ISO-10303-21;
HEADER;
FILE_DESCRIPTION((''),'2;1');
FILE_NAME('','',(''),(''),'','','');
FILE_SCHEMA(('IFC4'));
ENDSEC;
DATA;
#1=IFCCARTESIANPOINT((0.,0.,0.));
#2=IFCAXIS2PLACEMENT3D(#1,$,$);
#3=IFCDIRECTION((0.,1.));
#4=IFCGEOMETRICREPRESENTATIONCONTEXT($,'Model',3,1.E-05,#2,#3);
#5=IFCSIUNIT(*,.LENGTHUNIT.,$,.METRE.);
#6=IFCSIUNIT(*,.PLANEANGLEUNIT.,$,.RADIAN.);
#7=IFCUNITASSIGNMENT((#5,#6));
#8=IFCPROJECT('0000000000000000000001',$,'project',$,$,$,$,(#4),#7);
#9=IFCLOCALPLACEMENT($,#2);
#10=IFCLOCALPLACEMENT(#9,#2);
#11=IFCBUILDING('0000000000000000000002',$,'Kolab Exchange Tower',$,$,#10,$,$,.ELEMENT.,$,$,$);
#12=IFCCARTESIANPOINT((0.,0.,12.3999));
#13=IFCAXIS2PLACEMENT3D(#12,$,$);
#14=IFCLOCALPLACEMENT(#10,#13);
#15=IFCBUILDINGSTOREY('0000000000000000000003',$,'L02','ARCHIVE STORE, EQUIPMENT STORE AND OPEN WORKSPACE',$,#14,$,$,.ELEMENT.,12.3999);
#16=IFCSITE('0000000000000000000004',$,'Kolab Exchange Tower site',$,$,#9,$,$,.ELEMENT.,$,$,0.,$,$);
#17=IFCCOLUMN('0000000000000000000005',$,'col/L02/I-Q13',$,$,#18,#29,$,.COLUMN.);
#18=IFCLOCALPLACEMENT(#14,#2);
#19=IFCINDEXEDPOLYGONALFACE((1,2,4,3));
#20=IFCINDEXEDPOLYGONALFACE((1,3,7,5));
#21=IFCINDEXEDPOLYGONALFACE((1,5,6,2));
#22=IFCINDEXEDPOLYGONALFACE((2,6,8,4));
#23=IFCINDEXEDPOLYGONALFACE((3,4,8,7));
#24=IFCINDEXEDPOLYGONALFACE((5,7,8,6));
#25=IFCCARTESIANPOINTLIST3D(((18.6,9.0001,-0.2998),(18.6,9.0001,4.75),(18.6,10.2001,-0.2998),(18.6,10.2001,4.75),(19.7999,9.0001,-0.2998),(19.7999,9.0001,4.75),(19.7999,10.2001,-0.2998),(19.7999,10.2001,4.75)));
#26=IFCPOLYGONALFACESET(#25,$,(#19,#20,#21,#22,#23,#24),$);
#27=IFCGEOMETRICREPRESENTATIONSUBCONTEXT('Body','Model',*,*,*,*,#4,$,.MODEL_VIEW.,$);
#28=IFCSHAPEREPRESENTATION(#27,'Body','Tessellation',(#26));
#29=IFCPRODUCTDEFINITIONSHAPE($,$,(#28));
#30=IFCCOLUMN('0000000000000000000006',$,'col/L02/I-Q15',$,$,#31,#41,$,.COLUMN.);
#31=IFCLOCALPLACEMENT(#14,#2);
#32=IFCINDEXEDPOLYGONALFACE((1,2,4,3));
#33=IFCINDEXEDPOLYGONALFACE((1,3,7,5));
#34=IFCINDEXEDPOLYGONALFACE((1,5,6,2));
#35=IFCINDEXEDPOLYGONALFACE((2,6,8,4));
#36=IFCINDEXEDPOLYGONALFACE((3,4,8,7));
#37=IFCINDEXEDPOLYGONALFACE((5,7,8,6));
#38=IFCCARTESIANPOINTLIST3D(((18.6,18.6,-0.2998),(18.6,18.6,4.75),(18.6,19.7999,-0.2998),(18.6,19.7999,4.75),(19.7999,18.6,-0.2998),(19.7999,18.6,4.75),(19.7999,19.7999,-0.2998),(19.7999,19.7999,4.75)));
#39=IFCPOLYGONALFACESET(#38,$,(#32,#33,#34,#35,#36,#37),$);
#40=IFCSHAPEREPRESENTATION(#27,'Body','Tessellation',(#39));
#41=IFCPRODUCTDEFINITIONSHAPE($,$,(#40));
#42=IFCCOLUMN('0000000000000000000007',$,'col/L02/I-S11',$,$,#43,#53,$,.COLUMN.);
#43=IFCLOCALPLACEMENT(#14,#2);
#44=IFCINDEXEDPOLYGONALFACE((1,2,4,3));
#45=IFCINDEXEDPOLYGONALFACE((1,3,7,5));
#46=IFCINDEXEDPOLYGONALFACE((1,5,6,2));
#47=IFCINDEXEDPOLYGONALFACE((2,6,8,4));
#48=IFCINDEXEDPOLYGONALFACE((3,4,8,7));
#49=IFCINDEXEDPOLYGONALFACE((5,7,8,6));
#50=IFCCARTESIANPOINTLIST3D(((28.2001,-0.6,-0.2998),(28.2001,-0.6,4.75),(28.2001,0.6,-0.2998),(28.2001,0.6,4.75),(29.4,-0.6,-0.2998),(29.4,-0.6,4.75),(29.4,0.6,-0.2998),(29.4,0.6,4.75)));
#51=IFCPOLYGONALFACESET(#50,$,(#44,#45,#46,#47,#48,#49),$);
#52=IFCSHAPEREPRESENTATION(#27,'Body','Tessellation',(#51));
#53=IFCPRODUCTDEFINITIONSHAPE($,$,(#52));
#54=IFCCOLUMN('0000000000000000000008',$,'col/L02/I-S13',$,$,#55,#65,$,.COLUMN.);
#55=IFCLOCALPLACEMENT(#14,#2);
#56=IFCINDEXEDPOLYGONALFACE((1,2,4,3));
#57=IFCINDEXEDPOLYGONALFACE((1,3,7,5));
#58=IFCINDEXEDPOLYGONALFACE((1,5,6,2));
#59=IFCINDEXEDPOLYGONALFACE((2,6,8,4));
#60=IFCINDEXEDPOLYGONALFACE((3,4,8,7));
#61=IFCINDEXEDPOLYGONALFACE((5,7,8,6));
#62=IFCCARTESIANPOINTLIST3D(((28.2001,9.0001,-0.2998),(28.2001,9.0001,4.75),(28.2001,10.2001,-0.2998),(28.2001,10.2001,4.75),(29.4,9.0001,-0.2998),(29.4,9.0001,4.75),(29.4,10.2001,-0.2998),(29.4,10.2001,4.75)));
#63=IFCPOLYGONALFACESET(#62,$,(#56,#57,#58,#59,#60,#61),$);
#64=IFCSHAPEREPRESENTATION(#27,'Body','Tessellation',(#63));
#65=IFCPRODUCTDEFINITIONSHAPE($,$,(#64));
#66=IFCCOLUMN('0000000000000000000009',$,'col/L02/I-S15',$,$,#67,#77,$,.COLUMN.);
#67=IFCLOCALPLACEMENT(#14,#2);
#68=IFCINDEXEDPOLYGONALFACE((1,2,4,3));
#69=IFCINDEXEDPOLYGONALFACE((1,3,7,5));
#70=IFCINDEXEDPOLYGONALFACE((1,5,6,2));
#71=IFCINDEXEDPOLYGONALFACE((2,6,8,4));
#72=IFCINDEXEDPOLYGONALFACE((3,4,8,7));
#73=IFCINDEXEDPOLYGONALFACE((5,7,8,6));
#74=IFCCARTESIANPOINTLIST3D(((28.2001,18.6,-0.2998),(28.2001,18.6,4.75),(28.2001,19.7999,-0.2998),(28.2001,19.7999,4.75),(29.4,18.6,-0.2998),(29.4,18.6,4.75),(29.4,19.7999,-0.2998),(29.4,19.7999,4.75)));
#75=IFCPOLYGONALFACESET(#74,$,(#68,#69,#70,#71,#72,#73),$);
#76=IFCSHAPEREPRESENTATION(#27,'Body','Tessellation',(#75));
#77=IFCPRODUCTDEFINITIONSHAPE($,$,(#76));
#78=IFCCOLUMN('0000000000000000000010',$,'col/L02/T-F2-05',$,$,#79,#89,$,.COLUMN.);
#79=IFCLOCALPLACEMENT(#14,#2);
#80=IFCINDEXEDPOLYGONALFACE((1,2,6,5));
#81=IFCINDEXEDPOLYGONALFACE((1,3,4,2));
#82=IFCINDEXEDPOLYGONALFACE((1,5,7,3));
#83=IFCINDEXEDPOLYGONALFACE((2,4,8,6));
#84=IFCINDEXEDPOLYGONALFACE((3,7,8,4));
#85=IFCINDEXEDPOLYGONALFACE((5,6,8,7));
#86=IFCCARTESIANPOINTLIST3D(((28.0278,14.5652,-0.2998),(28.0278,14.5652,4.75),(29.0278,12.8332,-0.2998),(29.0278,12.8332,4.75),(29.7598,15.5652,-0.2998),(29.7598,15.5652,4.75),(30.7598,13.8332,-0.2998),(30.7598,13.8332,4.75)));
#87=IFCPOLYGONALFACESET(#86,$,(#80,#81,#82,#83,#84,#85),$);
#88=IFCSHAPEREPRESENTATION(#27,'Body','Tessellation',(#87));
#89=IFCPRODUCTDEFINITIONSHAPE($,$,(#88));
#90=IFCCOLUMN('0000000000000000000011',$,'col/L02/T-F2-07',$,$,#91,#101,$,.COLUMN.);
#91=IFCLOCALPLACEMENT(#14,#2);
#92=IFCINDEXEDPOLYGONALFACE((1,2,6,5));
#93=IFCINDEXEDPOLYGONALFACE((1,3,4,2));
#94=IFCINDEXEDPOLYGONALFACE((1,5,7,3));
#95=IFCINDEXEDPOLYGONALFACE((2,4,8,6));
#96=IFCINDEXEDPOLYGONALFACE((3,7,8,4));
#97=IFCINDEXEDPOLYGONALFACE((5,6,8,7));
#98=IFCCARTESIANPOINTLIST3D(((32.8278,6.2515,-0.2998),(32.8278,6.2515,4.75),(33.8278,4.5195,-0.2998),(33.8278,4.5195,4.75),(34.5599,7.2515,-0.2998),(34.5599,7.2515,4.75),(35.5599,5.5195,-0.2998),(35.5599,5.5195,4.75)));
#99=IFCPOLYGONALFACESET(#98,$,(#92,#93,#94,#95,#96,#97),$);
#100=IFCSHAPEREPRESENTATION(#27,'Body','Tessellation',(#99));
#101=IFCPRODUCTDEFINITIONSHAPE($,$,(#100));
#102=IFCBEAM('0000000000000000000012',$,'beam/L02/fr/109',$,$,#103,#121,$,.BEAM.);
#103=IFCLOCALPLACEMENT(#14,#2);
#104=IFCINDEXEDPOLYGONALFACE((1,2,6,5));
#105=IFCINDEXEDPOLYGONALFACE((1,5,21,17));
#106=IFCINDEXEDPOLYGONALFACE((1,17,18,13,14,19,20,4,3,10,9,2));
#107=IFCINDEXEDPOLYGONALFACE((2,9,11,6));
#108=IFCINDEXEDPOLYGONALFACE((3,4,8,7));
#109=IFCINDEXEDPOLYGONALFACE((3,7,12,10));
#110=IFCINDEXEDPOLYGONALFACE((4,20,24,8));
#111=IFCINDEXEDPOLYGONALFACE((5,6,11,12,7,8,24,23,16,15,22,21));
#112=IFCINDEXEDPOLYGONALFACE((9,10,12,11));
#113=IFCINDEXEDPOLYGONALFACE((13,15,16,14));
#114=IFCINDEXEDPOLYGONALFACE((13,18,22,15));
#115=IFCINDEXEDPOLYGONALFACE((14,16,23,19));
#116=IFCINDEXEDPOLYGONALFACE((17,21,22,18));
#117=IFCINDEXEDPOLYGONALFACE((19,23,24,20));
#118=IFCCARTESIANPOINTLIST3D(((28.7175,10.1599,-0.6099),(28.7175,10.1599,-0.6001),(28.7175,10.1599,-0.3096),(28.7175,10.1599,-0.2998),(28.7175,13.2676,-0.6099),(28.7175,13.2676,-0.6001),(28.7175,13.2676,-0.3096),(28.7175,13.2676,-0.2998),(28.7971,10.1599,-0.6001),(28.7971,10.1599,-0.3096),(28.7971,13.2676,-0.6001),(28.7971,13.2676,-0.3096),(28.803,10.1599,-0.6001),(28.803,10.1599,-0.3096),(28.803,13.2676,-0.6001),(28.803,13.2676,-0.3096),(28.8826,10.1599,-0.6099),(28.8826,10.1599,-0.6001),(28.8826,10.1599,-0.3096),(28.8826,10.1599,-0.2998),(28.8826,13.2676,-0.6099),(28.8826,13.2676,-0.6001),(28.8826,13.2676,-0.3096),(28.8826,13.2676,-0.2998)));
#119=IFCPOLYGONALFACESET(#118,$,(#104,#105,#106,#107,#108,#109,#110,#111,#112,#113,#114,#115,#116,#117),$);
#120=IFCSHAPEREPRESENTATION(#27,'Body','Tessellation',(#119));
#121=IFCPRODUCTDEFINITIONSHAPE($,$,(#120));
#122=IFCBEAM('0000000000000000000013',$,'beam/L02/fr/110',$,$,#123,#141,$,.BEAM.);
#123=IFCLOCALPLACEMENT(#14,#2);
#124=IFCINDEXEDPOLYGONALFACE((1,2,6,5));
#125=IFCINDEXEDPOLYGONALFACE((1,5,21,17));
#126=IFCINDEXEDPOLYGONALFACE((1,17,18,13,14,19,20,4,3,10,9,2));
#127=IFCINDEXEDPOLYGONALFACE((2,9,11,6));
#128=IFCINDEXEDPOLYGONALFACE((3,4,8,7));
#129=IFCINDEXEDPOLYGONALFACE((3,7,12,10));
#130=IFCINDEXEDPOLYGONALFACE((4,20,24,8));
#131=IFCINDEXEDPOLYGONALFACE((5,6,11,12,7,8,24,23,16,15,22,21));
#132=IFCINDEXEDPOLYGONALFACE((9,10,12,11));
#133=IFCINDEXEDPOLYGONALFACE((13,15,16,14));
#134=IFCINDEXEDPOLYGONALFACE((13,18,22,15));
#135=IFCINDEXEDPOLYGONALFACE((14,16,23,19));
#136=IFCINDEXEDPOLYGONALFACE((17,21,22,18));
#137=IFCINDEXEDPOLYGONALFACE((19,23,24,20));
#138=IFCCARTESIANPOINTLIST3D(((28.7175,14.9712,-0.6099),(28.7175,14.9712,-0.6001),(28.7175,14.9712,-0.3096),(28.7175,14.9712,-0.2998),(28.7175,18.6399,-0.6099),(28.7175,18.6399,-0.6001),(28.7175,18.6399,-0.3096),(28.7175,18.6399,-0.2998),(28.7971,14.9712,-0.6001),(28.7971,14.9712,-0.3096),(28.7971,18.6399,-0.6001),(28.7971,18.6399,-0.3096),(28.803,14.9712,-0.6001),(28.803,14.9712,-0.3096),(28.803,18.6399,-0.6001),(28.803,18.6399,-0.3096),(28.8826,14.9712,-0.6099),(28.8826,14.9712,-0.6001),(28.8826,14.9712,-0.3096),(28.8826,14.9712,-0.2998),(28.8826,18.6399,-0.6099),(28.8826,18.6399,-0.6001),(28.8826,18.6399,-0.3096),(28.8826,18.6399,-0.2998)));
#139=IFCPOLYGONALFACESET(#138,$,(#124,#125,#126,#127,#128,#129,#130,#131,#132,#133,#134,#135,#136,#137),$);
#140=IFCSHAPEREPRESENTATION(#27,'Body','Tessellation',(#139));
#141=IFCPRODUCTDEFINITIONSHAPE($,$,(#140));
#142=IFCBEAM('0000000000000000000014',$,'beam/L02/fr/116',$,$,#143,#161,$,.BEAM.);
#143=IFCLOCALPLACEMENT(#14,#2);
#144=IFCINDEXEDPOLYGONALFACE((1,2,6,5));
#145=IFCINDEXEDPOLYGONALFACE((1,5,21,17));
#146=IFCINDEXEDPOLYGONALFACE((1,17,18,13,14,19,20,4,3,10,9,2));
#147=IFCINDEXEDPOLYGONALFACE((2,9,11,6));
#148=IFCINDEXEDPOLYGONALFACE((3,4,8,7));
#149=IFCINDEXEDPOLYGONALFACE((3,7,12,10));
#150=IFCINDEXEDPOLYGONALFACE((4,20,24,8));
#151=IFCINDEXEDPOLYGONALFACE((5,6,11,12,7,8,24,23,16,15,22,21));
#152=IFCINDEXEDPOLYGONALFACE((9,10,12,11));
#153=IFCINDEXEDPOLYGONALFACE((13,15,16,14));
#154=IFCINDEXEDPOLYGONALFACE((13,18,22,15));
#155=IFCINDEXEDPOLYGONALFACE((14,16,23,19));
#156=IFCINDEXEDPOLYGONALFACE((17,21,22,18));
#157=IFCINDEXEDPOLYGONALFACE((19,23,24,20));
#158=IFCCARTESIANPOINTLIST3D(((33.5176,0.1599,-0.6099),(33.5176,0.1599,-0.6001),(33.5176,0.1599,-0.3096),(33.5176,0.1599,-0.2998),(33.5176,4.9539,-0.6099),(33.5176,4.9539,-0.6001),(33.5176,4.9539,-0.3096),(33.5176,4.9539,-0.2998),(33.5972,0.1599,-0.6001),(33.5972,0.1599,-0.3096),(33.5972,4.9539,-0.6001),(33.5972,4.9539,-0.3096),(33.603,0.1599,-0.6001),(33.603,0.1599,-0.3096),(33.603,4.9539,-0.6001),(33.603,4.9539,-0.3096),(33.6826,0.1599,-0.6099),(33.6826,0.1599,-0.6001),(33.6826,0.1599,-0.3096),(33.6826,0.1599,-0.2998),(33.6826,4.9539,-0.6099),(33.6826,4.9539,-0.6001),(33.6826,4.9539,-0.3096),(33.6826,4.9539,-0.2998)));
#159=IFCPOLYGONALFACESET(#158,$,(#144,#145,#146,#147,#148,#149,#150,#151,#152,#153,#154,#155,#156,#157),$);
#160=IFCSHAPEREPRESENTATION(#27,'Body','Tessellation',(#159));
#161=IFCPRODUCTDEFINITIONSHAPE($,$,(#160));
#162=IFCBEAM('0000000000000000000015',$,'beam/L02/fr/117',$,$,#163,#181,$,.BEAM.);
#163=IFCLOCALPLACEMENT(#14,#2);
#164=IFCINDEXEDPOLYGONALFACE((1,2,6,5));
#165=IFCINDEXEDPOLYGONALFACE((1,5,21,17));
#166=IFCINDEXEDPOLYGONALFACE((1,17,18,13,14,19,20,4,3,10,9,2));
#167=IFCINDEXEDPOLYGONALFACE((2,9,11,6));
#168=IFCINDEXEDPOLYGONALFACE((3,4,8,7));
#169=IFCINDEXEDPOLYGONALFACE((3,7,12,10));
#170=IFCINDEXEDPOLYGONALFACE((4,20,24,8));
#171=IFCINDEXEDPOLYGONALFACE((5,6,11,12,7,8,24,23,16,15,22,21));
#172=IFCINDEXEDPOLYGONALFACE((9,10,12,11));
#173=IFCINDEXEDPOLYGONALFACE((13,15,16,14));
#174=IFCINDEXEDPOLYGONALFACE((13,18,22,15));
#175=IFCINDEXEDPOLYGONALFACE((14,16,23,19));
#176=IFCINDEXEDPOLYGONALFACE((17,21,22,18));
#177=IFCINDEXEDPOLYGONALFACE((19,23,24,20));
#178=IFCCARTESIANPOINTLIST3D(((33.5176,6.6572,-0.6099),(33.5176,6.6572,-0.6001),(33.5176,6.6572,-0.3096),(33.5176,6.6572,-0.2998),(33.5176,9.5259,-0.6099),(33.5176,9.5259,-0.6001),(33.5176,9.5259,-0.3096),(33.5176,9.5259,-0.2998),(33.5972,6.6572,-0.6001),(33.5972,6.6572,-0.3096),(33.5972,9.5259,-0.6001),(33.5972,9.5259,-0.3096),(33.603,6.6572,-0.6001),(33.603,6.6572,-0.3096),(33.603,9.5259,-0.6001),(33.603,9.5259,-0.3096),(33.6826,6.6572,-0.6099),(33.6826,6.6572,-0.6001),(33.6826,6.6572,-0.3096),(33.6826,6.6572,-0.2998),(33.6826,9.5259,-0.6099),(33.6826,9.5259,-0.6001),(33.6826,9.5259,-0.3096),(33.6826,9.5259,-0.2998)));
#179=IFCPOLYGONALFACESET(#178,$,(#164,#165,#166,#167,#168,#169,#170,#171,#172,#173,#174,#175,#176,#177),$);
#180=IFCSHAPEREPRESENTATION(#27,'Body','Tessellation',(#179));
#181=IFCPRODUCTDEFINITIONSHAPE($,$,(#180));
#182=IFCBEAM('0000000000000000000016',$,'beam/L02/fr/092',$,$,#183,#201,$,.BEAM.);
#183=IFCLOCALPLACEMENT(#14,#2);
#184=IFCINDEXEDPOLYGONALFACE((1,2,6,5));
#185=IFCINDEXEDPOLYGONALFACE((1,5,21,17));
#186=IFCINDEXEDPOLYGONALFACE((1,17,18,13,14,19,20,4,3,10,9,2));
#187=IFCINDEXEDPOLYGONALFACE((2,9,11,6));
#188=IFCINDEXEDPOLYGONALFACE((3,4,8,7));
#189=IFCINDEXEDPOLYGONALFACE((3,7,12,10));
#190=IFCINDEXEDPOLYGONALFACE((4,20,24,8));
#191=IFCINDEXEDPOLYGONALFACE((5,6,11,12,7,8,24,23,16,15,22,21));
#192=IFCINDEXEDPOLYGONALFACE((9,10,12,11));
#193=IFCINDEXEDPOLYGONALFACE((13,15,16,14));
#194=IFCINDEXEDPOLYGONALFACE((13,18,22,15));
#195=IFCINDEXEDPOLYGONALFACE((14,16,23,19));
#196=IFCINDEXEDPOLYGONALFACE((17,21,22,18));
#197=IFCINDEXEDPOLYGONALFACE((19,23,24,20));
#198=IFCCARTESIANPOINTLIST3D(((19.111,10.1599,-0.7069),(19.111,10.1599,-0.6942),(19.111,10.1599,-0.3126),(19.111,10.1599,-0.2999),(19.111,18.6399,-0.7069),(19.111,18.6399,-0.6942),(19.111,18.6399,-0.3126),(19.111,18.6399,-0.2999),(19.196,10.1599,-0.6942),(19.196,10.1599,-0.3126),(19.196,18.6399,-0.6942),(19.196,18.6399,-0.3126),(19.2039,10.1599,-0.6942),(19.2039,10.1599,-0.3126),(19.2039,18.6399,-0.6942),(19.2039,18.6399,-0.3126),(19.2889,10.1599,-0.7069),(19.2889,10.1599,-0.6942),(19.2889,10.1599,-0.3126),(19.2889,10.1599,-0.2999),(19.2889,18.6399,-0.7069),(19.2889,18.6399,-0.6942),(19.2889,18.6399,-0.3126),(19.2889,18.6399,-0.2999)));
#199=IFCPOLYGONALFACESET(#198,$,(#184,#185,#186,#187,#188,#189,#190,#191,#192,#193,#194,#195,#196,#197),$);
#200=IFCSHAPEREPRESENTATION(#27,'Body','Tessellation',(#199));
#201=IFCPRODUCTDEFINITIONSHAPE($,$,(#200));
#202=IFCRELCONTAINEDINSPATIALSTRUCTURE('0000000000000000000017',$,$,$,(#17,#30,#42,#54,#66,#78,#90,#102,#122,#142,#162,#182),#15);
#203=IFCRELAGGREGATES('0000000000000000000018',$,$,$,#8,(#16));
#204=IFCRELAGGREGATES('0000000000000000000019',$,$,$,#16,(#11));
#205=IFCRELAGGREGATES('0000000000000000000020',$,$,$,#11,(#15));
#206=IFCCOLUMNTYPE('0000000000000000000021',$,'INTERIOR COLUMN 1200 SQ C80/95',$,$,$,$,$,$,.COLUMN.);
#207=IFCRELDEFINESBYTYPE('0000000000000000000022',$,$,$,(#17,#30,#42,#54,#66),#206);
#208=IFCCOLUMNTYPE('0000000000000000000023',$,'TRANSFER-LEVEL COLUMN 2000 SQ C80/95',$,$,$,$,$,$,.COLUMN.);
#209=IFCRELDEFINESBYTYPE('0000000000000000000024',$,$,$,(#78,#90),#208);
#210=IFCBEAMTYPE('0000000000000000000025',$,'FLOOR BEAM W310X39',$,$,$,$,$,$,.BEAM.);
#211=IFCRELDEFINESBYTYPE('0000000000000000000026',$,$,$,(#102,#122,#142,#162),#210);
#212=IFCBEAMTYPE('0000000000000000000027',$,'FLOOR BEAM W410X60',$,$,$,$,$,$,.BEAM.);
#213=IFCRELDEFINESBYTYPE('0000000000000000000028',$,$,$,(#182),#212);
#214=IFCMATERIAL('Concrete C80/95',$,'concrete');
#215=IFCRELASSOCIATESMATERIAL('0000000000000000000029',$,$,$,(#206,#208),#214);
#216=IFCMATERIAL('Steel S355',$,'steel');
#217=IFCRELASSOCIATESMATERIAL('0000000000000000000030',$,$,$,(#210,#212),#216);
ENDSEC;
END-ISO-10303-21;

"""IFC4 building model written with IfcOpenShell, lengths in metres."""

from ifc_helpers import new_model, si_unit, direction, frame, origin, origin_2d, place, context, subcontext, project, spatial, rectangle, i_section, extrude, material, material_profile, profile_set, type_object, element, save


model = new_model("IFC4")

# Units and contexts
model_context = context("Model", 3, precision=1e-05, world=origin(), true_north=direction((0.0, 1.0)))
body_context = subcontext(model_context, "Body", "Model", "MODEL_VIEW")
ifc_project = project(units=[si_unit("LENGTHUNIT", "METRE"), si_unit("PLANEANGLEUNIT", "RADIAN")], contexts=[model_context])

# Site, building, storey
site_placement = place(None, origin())
site = spatial("IfcSite", under=ifc_project, at=site_placement, Name="Kolab Exchange Tower site", CompositionType="ELEMENT", RefElevation=0.0)
building_placement = place(site_placement, origin())
building = spatial("IfcBuilding", under=site, at=building_placement, Name="Kolab Exchange Tower", CompositionType="ELEMENT")
storey_placement = place(building_placement, frame((0.0, 0.0, 12.3999)))
storey = spatial("IfcBuildingStorey", under=building, at=storey_placement, Name="L02", Description="ARCHIVE STORE, EQUIPMENT STORE AND OPEN WORKSPACE", CompositionType="ELEMENT", Elevation=12.3999)

# Columns
ifc_material_1 = material(Name="Concrete C80/95", Category="concrete")
ifc_material_profile_1 = material_profile(ifc_material_1, rectangle(XDim=1.2, YDim=1.2, at=origin_2d()), Name="RC1200")
ifc_profile_set_1 = profile_set([ifc_material_profile_1], Name="Concrete C80/95")
column_type_1 = type_object("IfcColumnType", Name="INTERIOR COLUMN 1200 SQ C80/95", PredefinedType="COLUMN", material=ifc_profile_set_1)
for number, where, z_axis, x_axis, name in (
    (1, (19.2, 9.6001, -0.2998), (0.0, 0.0, 1.0), (1.0, 0.0, 0.0), "col/L02/I-Q13"),
    (2, (19.2, 19.2, -0.2998), (0.0, 0.0, 1.0), (1.0, 0.0, 0.0), "col/L02/I-Q15"),
    (3, (28.8, 0.0, -0.2998), (0.0, 0.0, 1.0), (1.0, 0.0, 0.0), "col/L02/I-S11"),
    (4, (28.8, 9.6001, -0.2998), (0.0, 0.0, 1.0), (1.0, 0.0, 0.0), "col/L02/I-S13"),
    (5, (28.8, 19.2, -0.2998), (0.0, 0.0, 1.0), (1.0, 0.0, 0.0), "col/L02/I-S15"),
):
    element("IfcColumn", number, at=place(storey_placement, frame(where, z_axis=z_axis, x_axis=x_axis)), inside=storey, type_object=column_type_1, Name=name, PredefinedType="COLUMN", context=body_context, shape_type="SweptSolid", body=[
        extrude(rectangle(XDim=1.2, YDim=1.2, at=origin_2d()), origin(), (0.0, 0.0, 1.0), 5.0498),
    ])
ifc_material_profile_2 = material_profile(ifc_material_1, rectangle(XDim=2.0, YDim=2.0, at=origin_2d()), Name="RC2000")
ifc_profile_set_2 = profile_set([ifc_material_profile_2], Name="Concrete C80/95")
column_type_2 = type_object("IfcColumnType", Name="TRANSFER-LEVEL COLUMN 2000 SQ C80/95", PredefinedType="COLUMN", material=ifc_profile_set_2)
for number, where, z_axis, x_axis, name in (
    (6, (29.3938, 14.1992, -0.2998), (0.0, 0.0, 1.0), (0.866025, 0.5, 0.0), "col/L02/T-F2-05"),
    (7, (34.1938, 5.8855, -0.2998), (0.0, 0.0, 1.0), (0.866025, 0.5, 0.0), "col/L02/T-F2-07"),
):
    element("IfcColumn", number, at=place(storey_placement, frame(where, z_axis=z_axis, x_axis=x_axis)), inside=storey, type_object=column_type_2, Name=name, PredefinedType="COLUMN", context=body_context, shape_type="SweptSolid", body=[
        extrude(rectangle(XDim=2.0, YDim=2.0, at=origin_2d()), origin(), (0.0, 0.0, 1.0), 5.0498),
    ])

# Beams
ifc_material_2 = material(Name="Steel S355", Category="steel")
ifc_material_profile_3 = material_profile(ifc_material_2, i_section(OverallWidth=0.165, OverallDepth=0.3101, WebThickness=0.0059, FlangeThickness=0.0098, at=origin_2d()), Name="W310X39")
ifc_profile_set_3 = profile_set([ifc_material_profile_3], Name="Steel S355")
beam_type_1 = type_object("IfcBeamType", Name="FLOOR BEAM W310X39", PredefinedType="BEAM", material=ifc_profile_set_3)
beam_1_placement = place(storey_placement, frame((28.8, 10.1599, -0.4548), z_axis=(0.0, 1.0, 0.0), x_axis=(-1.0, 0.0, 0.0)))
element("IfcBeam", 8, at=beam_1_placement, inside=storey, type_object=beam_type_1, Name="beam/L02/fr/109", PredefinedType="BEAM", context=body_context, shape_type="SweptSolid", body=[
    extrude(i_section(OverallWidth=0.165, OverallDepth=0.3101, WebThickness=0.0059, FlangeThickness=0.0098, at=origin_2d()), origin(), (0.0, 0.0, 1.0), 3.1077),
])
beam_2_placement = place(storey_placement, frame((28.8, 14.9712, -0.4548), z_axis=(0.0, 1.0, 0.0), x_axis=(-1.0, 0.0, 0.0)))
element("IfcBeam", 9, at=beam_2_placement, inside=storey, type_object=beam_type_1, Name="beam/L02/fr/110", PredefinedType="BEAM", context=body_context, shape_type="SweptSolid", body=[
    extrude(i_section(OverallWidth=0.165, OverallDepth=0.3101, WebThickness=0.0059, FlangeThickness=0.0098, at=origin_2d()), origin(), (0.0, 0.0, 1.0), 3.6687),
])
beam_3_placement = place(storey_placement, frame((33.6001, 0.1599, -0.4548), z_axis=(0.0, 1.0, 0.0), x_axis=(-1.0, 0.0, 0.0)))
element("IfcBeam", 10, at=beam_3_placement, inside=storey, type_object=beam_type_1, Name="beam/L02/fr/116", PredefinedType="BEAM", context=body_context, shape_type="SweptSolid", body=[
    extrude(i_section(OverallWidth=0.165, OverallDepth=0.3101, WebThickness=0.0059, FlangeThickness=0.0098, at=origin_2d()), origin(), (0.0, 0.0, 1.0), 4.7939),
])
beam_4_placement = place(storey_placement, frame((33.6001, 6.6572, -0.4548), z_axis=(0.0, 1.0, 0.0), x_axis=(-1.0, 0.0, 0.0)))
element("IfcBeam", 11, at=beam_4_placement, inside=storey, type_object=beam_type_1, Name="beam/L02/fr/117", PredefinedType="BEAM", context=body_context, shape_type="SweptSolid", body=[
    extrude(i_section(OverallWidth=0.165, OverallDepth=0.3101, WebThickness=0.0059, FlangeThickness=0.0098, at=origin_2d()), origin(), (0.0, 0.0, 1.0), 2.8687),
])
ifc_material_profile_4 = material_profile(ifc_material_2, i_section(OverallWidth=0.178, OverallDepth=0.407, WebThickness=0.0078, FlangeThickness=0.0127, at=origin_2d()), Name="W410X60")
ifc_profile_set_4 = profile_set([ifc_material_profile_4], Name="Steel S355")
beam_type_2 = type_object("IfcBeamType", Name="FLOOR BEAM W410X60", PredefinedType="BEAM", material=ifc_profile_set_4)
for number, where, z_axis, x_axis, name in (
    (12, (19.2, 10.1599, -0.5034), (0.0, 1.0, 0.0), (-1.0, 0.0, 0.0), "beam/L02/fr/092"),
):
    element("IfcBeam", number, at=place(storey_placement, frame(where, z_axis=z_axis, x_axis=x_axis)), inside=storey, type_object=beam_type_2, Name=name, PredefinedType="BEAM", context=body_context, shape_type="SweptSolid", body=[
        extrude(i_section(OverallWidth=0.178, OverallDepth=0.407, WebThickness=0.0078, FlangeThickness=0.0127, at=origin_2d()), origin(), (0.0, 0.0, 1.0), 8.48),
    ])

save(model, "model.ifc")
